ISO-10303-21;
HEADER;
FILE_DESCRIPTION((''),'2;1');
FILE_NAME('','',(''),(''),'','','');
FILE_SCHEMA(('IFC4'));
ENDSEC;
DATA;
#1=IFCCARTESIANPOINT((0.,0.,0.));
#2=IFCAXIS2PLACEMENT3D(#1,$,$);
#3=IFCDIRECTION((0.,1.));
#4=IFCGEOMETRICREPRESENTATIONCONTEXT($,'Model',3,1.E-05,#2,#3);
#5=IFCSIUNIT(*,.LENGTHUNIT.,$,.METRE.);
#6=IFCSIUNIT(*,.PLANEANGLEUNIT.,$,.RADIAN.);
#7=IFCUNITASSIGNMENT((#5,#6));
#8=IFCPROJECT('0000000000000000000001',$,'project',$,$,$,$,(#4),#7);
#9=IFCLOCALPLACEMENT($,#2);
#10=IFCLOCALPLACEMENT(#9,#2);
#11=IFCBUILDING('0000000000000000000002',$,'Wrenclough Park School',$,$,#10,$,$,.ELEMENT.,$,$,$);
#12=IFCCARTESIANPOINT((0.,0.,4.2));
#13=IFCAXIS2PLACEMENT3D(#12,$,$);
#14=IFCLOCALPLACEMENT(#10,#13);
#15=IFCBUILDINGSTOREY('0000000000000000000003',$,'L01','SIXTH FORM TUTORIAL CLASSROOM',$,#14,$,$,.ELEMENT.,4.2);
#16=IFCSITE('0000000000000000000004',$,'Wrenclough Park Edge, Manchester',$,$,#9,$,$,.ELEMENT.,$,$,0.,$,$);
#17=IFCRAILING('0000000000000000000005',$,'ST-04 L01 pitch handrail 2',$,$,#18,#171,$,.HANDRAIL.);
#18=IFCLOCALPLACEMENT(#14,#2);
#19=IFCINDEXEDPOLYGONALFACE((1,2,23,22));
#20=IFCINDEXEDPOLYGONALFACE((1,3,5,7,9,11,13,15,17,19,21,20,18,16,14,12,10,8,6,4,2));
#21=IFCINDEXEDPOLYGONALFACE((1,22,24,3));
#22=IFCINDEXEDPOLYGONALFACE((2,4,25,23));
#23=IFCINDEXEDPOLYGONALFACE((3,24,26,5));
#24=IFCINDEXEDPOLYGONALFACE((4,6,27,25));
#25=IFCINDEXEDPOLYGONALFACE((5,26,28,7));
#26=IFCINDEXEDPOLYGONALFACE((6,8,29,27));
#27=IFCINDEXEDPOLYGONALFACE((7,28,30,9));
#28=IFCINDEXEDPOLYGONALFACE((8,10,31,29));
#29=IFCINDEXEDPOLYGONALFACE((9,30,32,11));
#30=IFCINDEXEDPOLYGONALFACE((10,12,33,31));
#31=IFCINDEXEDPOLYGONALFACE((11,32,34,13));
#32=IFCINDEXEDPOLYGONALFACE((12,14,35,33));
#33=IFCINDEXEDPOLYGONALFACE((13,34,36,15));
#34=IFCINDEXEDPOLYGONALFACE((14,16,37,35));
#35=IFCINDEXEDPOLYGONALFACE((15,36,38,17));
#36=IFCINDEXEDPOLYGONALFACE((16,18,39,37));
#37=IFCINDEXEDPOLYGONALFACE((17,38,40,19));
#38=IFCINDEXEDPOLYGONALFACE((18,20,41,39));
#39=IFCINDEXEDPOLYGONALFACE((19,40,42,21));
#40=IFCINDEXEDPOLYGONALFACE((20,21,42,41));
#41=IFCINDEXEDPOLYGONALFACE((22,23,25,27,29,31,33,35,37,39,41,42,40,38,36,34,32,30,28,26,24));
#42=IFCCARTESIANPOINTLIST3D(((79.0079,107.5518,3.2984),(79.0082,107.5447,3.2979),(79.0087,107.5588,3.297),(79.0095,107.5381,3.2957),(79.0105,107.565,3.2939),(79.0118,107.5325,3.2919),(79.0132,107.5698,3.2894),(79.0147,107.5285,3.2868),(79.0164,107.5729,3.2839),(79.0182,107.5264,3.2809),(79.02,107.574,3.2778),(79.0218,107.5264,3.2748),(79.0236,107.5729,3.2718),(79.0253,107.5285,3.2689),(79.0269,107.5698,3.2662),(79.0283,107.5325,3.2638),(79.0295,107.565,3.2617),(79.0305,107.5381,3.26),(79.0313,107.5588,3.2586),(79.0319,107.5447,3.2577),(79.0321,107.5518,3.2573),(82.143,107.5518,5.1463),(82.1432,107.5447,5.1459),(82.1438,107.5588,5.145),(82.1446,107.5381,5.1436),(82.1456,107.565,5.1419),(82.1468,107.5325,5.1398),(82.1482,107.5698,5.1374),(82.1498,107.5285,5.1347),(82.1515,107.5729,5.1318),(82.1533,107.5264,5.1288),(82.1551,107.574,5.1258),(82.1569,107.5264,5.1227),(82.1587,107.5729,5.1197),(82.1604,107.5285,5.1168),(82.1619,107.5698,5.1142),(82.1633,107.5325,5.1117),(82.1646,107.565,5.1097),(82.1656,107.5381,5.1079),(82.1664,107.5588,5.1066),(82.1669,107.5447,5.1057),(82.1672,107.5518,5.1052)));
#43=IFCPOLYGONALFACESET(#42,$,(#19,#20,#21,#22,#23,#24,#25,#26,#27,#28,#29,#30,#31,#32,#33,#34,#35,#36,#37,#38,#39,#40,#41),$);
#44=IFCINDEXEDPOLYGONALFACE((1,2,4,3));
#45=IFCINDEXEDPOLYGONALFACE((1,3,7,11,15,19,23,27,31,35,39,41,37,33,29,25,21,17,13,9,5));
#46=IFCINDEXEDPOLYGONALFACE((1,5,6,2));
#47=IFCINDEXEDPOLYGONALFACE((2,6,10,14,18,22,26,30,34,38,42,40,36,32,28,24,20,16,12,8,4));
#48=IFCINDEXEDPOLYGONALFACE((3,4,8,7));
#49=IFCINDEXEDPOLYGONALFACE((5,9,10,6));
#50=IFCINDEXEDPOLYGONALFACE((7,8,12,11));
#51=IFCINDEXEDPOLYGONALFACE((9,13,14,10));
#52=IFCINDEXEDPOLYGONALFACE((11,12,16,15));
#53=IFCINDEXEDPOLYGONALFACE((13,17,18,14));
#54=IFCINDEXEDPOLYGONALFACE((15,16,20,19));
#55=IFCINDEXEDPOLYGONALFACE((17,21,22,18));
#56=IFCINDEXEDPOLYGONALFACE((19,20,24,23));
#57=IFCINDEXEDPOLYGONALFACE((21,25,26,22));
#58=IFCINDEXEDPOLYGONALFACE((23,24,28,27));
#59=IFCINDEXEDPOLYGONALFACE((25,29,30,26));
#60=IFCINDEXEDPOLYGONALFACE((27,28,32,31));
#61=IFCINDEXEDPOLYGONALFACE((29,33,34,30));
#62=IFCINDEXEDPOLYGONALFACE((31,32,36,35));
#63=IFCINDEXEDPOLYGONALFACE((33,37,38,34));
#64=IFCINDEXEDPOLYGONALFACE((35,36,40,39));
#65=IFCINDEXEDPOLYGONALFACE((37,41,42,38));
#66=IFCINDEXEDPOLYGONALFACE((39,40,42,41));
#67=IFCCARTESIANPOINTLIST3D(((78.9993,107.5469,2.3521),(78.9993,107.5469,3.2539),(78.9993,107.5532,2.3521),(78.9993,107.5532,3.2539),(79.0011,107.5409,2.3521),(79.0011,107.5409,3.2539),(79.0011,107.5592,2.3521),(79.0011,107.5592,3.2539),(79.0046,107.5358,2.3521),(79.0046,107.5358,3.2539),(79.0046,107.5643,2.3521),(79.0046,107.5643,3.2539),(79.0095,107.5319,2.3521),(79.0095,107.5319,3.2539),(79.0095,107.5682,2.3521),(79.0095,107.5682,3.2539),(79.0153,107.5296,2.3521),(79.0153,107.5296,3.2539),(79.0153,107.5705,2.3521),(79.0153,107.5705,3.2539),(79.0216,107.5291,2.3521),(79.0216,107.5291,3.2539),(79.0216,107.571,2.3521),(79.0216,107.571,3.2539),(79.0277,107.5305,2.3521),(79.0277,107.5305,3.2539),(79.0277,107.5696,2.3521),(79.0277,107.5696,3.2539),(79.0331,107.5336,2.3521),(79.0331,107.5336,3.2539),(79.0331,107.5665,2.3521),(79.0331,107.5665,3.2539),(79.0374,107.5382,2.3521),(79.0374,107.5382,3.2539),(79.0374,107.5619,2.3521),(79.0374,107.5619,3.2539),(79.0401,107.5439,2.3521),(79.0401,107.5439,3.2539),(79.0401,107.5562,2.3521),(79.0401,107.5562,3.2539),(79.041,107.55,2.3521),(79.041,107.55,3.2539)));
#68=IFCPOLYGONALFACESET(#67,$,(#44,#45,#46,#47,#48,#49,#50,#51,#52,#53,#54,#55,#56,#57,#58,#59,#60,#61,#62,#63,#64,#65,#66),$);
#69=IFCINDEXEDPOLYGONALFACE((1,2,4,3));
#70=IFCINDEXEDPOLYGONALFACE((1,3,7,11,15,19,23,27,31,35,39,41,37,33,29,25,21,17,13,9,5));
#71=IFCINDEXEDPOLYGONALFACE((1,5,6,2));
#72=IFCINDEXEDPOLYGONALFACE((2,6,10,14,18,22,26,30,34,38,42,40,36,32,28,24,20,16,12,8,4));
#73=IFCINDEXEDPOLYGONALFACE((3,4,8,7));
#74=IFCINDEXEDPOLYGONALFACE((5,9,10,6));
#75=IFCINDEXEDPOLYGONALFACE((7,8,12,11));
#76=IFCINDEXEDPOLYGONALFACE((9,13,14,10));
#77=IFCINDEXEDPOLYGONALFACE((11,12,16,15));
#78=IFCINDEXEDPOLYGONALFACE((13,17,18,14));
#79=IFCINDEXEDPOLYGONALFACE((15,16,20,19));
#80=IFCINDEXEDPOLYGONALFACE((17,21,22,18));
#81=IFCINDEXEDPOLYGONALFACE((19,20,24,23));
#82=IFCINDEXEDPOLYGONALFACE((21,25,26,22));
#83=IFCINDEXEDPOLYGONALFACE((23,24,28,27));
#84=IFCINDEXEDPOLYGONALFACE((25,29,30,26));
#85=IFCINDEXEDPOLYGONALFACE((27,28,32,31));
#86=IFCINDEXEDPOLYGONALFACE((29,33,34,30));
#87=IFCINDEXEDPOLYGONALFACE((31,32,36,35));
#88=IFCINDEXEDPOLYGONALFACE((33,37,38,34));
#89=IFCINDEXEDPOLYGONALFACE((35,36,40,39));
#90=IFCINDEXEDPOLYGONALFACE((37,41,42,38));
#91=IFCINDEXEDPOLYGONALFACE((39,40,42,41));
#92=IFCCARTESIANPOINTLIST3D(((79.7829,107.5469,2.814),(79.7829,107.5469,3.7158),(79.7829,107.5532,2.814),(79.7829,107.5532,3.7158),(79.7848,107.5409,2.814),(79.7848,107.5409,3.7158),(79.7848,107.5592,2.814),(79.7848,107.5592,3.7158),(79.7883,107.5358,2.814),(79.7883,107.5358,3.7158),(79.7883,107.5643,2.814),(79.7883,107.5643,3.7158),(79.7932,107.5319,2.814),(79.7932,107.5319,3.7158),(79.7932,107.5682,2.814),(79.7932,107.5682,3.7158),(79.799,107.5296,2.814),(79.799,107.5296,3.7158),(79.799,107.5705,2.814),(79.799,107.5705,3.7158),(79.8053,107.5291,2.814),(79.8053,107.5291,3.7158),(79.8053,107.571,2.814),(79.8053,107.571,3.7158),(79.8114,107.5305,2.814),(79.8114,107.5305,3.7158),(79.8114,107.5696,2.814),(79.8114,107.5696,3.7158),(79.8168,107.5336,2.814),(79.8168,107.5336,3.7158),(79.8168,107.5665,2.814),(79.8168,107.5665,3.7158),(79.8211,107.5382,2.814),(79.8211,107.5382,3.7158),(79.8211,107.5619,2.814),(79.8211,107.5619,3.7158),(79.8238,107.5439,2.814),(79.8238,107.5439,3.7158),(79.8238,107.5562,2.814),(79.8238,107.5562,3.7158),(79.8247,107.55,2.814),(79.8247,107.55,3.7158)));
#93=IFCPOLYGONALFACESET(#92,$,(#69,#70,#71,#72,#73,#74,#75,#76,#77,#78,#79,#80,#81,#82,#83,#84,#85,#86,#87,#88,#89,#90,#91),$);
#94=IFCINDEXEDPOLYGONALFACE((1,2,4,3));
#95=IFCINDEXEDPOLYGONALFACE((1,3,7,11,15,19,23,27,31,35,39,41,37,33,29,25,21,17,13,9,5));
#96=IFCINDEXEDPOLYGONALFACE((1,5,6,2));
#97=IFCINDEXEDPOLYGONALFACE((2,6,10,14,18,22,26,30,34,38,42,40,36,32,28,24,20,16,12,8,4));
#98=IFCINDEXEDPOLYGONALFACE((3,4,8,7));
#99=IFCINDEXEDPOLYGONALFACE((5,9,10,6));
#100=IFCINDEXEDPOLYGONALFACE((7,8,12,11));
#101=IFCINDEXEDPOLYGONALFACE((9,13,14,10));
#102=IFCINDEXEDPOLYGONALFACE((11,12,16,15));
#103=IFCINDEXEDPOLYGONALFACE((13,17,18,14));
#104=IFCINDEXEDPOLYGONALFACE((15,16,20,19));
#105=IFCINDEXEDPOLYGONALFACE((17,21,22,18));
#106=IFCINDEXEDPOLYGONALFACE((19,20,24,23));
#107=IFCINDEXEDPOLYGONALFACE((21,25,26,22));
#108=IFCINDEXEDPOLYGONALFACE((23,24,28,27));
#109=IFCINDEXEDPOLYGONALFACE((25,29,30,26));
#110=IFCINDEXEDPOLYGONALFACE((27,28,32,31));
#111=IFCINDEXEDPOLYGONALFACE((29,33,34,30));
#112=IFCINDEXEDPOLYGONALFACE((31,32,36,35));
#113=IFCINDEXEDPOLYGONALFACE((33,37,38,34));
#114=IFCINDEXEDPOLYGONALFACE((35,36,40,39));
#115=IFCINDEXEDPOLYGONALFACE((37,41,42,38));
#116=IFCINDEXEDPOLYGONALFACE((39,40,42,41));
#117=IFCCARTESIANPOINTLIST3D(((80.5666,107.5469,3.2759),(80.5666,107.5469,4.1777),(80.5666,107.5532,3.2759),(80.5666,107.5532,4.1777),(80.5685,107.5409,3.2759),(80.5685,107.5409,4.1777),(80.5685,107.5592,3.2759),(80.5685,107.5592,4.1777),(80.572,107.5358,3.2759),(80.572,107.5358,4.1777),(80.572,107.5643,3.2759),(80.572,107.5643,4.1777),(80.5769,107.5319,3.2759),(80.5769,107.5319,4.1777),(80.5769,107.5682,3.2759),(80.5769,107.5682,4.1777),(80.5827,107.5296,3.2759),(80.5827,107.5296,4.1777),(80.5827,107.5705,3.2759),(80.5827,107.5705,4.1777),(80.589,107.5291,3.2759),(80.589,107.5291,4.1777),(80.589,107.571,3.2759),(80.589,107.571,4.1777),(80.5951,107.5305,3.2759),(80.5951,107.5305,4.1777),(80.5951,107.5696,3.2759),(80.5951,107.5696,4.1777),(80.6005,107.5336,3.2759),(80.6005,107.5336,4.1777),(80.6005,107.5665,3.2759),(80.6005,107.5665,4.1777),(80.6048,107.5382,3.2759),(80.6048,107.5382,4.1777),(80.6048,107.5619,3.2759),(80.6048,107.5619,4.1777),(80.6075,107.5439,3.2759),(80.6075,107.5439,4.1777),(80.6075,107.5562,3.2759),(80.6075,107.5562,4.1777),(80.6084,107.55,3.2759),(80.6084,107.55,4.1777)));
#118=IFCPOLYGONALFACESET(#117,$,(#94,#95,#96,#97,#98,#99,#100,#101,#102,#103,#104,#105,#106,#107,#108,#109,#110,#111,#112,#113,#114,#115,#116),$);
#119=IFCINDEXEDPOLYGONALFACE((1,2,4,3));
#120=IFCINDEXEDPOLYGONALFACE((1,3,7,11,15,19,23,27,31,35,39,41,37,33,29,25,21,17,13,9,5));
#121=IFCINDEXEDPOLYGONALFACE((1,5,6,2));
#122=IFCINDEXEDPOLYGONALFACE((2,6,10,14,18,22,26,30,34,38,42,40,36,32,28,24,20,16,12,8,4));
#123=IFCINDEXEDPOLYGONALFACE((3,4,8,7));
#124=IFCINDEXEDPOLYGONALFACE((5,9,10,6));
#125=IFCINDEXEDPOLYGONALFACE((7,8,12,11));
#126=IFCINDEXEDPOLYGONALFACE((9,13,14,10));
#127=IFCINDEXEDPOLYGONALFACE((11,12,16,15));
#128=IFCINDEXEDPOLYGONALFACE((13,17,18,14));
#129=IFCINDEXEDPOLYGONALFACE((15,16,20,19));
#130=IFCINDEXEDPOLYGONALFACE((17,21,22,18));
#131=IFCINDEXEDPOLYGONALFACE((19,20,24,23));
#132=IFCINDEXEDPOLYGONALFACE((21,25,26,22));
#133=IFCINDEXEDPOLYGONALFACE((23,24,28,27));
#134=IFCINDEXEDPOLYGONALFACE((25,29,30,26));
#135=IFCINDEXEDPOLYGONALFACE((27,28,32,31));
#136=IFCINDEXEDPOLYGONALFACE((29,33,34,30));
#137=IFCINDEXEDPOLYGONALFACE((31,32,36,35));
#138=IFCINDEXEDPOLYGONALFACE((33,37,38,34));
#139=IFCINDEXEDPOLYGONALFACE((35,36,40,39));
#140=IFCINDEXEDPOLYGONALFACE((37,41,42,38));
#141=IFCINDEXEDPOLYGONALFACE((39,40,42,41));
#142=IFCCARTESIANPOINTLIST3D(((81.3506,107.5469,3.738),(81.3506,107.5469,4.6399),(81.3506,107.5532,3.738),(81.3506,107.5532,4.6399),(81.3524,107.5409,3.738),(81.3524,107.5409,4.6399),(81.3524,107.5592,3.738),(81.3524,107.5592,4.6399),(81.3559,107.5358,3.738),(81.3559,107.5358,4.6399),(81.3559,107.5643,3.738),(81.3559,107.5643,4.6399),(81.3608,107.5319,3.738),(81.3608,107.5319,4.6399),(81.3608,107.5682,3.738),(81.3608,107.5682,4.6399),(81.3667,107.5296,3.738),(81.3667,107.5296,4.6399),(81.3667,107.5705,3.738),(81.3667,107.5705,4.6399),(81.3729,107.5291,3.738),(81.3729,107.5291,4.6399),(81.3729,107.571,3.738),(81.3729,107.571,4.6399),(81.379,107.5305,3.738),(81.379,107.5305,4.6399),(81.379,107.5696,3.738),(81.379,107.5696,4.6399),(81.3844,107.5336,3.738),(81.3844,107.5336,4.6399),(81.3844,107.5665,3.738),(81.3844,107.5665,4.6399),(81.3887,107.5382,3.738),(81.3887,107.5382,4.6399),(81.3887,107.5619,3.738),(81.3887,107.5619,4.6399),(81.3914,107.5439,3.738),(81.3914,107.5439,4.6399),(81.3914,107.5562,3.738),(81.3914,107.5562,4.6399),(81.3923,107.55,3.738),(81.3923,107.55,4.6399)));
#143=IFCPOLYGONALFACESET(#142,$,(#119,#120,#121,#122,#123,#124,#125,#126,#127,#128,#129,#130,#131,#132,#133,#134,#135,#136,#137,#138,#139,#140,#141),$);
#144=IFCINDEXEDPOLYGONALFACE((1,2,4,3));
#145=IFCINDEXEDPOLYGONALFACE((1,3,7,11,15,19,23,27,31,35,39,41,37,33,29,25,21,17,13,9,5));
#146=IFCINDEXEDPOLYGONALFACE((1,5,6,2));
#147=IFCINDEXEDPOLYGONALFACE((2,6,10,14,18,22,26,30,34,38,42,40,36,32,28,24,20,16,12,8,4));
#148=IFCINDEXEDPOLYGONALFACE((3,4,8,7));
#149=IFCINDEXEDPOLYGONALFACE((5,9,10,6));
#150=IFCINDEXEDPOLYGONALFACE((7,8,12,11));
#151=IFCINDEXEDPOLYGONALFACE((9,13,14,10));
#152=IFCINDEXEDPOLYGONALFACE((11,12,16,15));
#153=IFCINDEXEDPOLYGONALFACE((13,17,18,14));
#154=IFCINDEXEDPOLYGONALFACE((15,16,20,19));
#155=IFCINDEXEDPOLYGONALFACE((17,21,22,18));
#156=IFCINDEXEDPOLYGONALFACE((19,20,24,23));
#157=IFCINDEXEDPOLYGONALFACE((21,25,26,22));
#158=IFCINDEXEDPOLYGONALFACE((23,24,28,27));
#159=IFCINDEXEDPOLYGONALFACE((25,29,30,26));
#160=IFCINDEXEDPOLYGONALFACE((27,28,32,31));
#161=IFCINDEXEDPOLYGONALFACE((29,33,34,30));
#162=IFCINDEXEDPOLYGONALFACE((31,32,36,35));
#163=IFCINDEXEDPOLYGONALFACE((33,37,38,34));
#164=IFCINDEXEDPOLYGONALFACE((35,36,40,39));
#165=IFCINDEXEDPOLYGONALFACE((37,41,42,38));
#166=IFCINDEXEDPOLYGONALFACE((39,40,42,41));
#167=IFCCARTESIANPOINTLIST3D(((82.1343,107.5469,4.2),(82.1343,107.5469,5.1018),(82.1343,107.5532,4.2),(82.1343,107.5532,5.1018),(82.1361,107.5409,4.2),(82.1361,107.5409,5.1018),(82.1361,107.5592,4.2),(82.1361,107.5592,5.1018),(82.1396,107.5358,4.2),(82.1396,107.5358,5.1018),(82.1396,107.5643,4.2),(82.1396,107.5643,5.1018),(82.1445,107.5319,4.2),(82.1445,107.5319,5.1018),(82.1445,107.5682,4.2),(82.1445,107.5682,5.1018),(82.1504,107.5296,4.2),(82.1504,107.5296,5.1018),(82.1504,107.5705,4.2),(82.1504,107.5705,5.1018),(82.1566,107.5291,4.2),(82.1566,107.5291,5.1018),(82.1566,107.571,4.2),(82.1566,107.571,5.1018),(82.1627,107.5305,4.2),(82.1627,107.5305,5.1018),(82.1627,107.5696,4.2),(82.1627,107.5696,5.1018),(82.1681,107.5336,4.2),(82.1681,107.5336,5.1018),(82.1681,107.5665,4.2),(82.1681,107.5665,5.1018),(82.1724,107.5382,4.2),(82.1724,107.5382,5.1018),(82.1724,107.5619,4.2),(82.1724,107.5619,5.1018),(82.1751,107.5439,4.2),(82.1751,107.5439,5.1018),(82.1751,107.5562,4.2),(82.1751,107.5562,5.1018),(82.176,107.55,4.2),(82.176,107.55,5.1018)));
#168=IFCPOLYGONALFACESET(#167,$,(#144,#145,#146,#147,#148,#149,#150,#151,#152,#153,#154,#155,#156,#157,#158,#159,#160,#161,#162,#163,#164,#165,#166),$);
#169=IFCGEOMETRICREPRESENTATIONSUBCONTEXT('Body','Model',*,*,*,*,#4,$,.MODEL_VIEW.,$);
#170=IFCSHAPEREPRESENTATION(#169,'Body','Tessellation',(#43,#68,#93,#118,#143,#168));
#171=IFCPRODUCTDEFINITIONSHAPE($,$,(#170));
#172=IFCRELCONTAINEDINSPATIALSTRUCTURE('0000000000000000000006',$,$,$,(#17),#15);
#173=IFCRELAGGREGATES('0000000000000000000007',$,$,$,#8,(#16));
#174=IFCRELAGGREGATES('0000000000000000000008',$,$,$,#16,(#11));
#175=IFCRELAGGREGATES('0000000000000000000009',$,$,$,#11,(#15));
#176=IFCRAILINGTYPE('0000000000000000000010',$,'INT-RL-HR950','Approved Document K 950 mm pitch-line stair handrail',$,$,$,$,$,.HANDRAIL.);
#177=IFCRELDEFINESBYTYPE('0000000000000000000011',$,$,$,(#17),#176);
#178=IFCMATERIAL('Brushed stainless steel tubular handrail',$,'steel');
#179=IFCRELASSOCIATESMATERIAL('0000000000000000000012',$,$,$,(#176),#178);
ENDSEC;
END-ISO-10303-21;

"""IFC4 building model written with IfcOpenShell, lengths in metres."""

from ifc_helpers import new_model, si_unit, direction, frame, origin, origin_2d, place, context, subcontext, project, spatial, circle, extrude, material, type_object, element, save


model = new_model("IFC4")

# Units and contexts
model_context = context("Model", 3, precision=1e-05, world=origin(), true_north=direction((0.0, 1.0)))
body_context = subcontext(model_context, "Body", "Model", "MODEL_VIEW")
ifc_project = project(units=[si_unit("LENGTHUNIT", "METRE"), si_unit("PLANEANGLEUNIT", "RADIAN")], contexts=[model_context])

# Site, building, storey
site_placement = place(None, origin())
site = spatial("IfcSite", under=ifc_project, at=site_placement, Name="Wrenclough Park Edge, Manchester", CompositionType="ELEMENT", RefElevation=0.0)
building_placement = place(site_placement, origin())
building = spatial("IfcBuilding", under=site, at=building_placement, Name="Wrenclough Park School", CompositionType="ELEMENT")
storey_placement = place(building_placement, frame((0.0, 0.0, 4.2)))
storey = spatial("IfcBuildingStorey", under=building, at=storey_placement, Name="L01", Description="SIXTH FORM TUTORIAL CLASSROOM", CompositionType="ELEMENT", Elevation=4.2)

# Railing
ifc_material_1 = material(Name="Brushed stainless steel tubular handrail", Category="steel")
railing_type_1 = type_object("IfcRailingType", Name="INT-RL-HR950", Description="Approved Document K 950 mm pitch-line stair handrail", PredefinedType="HANDRAIL", material=ifc_material_1)
railing_1_placement = place(storey_placement, frame((79.02, 107.55, 2.3521)))
element("IfcRailing", 1, at=railing_1_placement, inside=storey, type_object=railing_type_1, Name="ST-04 L01 pitch handrail 2", PredefinedType="HANDRAIL", context=body_context, shape_type="SweptSolid", body=[
    extrude(circle(Radius=0.0239, at=origin_2d()), frame((0.0, 0.0, 0.9258), z_axis=(0.86148, 0.0, 0.507791), x_axis=(0.0, 1.0, 0.0)), (0.0, 0.0, 1.0), 3.6392),
    extrude(circle(Radius=0.021, at=origin_2d()), origin(), (0.0, 0.0, 1.0), 0.9019),
    extrude(circle(Radius=0.021, at=origin_2d()), frame((0.7837, 0.0, 0.4619)), (0.0, 0.0, 1.0), 0.9019),
    extrude(circle(Radius=0.021, at=origin_2d()), frame((1.5674, 0.0, 0.9238)), (0.0, 0.0, 1.0), 0.9019),
    extrude(circle(Radius=0.021, at=origin_2d()), frame((2.3513, 0.0, 1.386)), (0.0, 0.0, 1.0), 0.9019),
    extrude(circle(Radius=0.021, at=origin_2d()), frame((3.135, 0.0, 1.8479)), (0.0, 0.0, 1.0), 0.9019),
])

save(model, "model.ifc")
